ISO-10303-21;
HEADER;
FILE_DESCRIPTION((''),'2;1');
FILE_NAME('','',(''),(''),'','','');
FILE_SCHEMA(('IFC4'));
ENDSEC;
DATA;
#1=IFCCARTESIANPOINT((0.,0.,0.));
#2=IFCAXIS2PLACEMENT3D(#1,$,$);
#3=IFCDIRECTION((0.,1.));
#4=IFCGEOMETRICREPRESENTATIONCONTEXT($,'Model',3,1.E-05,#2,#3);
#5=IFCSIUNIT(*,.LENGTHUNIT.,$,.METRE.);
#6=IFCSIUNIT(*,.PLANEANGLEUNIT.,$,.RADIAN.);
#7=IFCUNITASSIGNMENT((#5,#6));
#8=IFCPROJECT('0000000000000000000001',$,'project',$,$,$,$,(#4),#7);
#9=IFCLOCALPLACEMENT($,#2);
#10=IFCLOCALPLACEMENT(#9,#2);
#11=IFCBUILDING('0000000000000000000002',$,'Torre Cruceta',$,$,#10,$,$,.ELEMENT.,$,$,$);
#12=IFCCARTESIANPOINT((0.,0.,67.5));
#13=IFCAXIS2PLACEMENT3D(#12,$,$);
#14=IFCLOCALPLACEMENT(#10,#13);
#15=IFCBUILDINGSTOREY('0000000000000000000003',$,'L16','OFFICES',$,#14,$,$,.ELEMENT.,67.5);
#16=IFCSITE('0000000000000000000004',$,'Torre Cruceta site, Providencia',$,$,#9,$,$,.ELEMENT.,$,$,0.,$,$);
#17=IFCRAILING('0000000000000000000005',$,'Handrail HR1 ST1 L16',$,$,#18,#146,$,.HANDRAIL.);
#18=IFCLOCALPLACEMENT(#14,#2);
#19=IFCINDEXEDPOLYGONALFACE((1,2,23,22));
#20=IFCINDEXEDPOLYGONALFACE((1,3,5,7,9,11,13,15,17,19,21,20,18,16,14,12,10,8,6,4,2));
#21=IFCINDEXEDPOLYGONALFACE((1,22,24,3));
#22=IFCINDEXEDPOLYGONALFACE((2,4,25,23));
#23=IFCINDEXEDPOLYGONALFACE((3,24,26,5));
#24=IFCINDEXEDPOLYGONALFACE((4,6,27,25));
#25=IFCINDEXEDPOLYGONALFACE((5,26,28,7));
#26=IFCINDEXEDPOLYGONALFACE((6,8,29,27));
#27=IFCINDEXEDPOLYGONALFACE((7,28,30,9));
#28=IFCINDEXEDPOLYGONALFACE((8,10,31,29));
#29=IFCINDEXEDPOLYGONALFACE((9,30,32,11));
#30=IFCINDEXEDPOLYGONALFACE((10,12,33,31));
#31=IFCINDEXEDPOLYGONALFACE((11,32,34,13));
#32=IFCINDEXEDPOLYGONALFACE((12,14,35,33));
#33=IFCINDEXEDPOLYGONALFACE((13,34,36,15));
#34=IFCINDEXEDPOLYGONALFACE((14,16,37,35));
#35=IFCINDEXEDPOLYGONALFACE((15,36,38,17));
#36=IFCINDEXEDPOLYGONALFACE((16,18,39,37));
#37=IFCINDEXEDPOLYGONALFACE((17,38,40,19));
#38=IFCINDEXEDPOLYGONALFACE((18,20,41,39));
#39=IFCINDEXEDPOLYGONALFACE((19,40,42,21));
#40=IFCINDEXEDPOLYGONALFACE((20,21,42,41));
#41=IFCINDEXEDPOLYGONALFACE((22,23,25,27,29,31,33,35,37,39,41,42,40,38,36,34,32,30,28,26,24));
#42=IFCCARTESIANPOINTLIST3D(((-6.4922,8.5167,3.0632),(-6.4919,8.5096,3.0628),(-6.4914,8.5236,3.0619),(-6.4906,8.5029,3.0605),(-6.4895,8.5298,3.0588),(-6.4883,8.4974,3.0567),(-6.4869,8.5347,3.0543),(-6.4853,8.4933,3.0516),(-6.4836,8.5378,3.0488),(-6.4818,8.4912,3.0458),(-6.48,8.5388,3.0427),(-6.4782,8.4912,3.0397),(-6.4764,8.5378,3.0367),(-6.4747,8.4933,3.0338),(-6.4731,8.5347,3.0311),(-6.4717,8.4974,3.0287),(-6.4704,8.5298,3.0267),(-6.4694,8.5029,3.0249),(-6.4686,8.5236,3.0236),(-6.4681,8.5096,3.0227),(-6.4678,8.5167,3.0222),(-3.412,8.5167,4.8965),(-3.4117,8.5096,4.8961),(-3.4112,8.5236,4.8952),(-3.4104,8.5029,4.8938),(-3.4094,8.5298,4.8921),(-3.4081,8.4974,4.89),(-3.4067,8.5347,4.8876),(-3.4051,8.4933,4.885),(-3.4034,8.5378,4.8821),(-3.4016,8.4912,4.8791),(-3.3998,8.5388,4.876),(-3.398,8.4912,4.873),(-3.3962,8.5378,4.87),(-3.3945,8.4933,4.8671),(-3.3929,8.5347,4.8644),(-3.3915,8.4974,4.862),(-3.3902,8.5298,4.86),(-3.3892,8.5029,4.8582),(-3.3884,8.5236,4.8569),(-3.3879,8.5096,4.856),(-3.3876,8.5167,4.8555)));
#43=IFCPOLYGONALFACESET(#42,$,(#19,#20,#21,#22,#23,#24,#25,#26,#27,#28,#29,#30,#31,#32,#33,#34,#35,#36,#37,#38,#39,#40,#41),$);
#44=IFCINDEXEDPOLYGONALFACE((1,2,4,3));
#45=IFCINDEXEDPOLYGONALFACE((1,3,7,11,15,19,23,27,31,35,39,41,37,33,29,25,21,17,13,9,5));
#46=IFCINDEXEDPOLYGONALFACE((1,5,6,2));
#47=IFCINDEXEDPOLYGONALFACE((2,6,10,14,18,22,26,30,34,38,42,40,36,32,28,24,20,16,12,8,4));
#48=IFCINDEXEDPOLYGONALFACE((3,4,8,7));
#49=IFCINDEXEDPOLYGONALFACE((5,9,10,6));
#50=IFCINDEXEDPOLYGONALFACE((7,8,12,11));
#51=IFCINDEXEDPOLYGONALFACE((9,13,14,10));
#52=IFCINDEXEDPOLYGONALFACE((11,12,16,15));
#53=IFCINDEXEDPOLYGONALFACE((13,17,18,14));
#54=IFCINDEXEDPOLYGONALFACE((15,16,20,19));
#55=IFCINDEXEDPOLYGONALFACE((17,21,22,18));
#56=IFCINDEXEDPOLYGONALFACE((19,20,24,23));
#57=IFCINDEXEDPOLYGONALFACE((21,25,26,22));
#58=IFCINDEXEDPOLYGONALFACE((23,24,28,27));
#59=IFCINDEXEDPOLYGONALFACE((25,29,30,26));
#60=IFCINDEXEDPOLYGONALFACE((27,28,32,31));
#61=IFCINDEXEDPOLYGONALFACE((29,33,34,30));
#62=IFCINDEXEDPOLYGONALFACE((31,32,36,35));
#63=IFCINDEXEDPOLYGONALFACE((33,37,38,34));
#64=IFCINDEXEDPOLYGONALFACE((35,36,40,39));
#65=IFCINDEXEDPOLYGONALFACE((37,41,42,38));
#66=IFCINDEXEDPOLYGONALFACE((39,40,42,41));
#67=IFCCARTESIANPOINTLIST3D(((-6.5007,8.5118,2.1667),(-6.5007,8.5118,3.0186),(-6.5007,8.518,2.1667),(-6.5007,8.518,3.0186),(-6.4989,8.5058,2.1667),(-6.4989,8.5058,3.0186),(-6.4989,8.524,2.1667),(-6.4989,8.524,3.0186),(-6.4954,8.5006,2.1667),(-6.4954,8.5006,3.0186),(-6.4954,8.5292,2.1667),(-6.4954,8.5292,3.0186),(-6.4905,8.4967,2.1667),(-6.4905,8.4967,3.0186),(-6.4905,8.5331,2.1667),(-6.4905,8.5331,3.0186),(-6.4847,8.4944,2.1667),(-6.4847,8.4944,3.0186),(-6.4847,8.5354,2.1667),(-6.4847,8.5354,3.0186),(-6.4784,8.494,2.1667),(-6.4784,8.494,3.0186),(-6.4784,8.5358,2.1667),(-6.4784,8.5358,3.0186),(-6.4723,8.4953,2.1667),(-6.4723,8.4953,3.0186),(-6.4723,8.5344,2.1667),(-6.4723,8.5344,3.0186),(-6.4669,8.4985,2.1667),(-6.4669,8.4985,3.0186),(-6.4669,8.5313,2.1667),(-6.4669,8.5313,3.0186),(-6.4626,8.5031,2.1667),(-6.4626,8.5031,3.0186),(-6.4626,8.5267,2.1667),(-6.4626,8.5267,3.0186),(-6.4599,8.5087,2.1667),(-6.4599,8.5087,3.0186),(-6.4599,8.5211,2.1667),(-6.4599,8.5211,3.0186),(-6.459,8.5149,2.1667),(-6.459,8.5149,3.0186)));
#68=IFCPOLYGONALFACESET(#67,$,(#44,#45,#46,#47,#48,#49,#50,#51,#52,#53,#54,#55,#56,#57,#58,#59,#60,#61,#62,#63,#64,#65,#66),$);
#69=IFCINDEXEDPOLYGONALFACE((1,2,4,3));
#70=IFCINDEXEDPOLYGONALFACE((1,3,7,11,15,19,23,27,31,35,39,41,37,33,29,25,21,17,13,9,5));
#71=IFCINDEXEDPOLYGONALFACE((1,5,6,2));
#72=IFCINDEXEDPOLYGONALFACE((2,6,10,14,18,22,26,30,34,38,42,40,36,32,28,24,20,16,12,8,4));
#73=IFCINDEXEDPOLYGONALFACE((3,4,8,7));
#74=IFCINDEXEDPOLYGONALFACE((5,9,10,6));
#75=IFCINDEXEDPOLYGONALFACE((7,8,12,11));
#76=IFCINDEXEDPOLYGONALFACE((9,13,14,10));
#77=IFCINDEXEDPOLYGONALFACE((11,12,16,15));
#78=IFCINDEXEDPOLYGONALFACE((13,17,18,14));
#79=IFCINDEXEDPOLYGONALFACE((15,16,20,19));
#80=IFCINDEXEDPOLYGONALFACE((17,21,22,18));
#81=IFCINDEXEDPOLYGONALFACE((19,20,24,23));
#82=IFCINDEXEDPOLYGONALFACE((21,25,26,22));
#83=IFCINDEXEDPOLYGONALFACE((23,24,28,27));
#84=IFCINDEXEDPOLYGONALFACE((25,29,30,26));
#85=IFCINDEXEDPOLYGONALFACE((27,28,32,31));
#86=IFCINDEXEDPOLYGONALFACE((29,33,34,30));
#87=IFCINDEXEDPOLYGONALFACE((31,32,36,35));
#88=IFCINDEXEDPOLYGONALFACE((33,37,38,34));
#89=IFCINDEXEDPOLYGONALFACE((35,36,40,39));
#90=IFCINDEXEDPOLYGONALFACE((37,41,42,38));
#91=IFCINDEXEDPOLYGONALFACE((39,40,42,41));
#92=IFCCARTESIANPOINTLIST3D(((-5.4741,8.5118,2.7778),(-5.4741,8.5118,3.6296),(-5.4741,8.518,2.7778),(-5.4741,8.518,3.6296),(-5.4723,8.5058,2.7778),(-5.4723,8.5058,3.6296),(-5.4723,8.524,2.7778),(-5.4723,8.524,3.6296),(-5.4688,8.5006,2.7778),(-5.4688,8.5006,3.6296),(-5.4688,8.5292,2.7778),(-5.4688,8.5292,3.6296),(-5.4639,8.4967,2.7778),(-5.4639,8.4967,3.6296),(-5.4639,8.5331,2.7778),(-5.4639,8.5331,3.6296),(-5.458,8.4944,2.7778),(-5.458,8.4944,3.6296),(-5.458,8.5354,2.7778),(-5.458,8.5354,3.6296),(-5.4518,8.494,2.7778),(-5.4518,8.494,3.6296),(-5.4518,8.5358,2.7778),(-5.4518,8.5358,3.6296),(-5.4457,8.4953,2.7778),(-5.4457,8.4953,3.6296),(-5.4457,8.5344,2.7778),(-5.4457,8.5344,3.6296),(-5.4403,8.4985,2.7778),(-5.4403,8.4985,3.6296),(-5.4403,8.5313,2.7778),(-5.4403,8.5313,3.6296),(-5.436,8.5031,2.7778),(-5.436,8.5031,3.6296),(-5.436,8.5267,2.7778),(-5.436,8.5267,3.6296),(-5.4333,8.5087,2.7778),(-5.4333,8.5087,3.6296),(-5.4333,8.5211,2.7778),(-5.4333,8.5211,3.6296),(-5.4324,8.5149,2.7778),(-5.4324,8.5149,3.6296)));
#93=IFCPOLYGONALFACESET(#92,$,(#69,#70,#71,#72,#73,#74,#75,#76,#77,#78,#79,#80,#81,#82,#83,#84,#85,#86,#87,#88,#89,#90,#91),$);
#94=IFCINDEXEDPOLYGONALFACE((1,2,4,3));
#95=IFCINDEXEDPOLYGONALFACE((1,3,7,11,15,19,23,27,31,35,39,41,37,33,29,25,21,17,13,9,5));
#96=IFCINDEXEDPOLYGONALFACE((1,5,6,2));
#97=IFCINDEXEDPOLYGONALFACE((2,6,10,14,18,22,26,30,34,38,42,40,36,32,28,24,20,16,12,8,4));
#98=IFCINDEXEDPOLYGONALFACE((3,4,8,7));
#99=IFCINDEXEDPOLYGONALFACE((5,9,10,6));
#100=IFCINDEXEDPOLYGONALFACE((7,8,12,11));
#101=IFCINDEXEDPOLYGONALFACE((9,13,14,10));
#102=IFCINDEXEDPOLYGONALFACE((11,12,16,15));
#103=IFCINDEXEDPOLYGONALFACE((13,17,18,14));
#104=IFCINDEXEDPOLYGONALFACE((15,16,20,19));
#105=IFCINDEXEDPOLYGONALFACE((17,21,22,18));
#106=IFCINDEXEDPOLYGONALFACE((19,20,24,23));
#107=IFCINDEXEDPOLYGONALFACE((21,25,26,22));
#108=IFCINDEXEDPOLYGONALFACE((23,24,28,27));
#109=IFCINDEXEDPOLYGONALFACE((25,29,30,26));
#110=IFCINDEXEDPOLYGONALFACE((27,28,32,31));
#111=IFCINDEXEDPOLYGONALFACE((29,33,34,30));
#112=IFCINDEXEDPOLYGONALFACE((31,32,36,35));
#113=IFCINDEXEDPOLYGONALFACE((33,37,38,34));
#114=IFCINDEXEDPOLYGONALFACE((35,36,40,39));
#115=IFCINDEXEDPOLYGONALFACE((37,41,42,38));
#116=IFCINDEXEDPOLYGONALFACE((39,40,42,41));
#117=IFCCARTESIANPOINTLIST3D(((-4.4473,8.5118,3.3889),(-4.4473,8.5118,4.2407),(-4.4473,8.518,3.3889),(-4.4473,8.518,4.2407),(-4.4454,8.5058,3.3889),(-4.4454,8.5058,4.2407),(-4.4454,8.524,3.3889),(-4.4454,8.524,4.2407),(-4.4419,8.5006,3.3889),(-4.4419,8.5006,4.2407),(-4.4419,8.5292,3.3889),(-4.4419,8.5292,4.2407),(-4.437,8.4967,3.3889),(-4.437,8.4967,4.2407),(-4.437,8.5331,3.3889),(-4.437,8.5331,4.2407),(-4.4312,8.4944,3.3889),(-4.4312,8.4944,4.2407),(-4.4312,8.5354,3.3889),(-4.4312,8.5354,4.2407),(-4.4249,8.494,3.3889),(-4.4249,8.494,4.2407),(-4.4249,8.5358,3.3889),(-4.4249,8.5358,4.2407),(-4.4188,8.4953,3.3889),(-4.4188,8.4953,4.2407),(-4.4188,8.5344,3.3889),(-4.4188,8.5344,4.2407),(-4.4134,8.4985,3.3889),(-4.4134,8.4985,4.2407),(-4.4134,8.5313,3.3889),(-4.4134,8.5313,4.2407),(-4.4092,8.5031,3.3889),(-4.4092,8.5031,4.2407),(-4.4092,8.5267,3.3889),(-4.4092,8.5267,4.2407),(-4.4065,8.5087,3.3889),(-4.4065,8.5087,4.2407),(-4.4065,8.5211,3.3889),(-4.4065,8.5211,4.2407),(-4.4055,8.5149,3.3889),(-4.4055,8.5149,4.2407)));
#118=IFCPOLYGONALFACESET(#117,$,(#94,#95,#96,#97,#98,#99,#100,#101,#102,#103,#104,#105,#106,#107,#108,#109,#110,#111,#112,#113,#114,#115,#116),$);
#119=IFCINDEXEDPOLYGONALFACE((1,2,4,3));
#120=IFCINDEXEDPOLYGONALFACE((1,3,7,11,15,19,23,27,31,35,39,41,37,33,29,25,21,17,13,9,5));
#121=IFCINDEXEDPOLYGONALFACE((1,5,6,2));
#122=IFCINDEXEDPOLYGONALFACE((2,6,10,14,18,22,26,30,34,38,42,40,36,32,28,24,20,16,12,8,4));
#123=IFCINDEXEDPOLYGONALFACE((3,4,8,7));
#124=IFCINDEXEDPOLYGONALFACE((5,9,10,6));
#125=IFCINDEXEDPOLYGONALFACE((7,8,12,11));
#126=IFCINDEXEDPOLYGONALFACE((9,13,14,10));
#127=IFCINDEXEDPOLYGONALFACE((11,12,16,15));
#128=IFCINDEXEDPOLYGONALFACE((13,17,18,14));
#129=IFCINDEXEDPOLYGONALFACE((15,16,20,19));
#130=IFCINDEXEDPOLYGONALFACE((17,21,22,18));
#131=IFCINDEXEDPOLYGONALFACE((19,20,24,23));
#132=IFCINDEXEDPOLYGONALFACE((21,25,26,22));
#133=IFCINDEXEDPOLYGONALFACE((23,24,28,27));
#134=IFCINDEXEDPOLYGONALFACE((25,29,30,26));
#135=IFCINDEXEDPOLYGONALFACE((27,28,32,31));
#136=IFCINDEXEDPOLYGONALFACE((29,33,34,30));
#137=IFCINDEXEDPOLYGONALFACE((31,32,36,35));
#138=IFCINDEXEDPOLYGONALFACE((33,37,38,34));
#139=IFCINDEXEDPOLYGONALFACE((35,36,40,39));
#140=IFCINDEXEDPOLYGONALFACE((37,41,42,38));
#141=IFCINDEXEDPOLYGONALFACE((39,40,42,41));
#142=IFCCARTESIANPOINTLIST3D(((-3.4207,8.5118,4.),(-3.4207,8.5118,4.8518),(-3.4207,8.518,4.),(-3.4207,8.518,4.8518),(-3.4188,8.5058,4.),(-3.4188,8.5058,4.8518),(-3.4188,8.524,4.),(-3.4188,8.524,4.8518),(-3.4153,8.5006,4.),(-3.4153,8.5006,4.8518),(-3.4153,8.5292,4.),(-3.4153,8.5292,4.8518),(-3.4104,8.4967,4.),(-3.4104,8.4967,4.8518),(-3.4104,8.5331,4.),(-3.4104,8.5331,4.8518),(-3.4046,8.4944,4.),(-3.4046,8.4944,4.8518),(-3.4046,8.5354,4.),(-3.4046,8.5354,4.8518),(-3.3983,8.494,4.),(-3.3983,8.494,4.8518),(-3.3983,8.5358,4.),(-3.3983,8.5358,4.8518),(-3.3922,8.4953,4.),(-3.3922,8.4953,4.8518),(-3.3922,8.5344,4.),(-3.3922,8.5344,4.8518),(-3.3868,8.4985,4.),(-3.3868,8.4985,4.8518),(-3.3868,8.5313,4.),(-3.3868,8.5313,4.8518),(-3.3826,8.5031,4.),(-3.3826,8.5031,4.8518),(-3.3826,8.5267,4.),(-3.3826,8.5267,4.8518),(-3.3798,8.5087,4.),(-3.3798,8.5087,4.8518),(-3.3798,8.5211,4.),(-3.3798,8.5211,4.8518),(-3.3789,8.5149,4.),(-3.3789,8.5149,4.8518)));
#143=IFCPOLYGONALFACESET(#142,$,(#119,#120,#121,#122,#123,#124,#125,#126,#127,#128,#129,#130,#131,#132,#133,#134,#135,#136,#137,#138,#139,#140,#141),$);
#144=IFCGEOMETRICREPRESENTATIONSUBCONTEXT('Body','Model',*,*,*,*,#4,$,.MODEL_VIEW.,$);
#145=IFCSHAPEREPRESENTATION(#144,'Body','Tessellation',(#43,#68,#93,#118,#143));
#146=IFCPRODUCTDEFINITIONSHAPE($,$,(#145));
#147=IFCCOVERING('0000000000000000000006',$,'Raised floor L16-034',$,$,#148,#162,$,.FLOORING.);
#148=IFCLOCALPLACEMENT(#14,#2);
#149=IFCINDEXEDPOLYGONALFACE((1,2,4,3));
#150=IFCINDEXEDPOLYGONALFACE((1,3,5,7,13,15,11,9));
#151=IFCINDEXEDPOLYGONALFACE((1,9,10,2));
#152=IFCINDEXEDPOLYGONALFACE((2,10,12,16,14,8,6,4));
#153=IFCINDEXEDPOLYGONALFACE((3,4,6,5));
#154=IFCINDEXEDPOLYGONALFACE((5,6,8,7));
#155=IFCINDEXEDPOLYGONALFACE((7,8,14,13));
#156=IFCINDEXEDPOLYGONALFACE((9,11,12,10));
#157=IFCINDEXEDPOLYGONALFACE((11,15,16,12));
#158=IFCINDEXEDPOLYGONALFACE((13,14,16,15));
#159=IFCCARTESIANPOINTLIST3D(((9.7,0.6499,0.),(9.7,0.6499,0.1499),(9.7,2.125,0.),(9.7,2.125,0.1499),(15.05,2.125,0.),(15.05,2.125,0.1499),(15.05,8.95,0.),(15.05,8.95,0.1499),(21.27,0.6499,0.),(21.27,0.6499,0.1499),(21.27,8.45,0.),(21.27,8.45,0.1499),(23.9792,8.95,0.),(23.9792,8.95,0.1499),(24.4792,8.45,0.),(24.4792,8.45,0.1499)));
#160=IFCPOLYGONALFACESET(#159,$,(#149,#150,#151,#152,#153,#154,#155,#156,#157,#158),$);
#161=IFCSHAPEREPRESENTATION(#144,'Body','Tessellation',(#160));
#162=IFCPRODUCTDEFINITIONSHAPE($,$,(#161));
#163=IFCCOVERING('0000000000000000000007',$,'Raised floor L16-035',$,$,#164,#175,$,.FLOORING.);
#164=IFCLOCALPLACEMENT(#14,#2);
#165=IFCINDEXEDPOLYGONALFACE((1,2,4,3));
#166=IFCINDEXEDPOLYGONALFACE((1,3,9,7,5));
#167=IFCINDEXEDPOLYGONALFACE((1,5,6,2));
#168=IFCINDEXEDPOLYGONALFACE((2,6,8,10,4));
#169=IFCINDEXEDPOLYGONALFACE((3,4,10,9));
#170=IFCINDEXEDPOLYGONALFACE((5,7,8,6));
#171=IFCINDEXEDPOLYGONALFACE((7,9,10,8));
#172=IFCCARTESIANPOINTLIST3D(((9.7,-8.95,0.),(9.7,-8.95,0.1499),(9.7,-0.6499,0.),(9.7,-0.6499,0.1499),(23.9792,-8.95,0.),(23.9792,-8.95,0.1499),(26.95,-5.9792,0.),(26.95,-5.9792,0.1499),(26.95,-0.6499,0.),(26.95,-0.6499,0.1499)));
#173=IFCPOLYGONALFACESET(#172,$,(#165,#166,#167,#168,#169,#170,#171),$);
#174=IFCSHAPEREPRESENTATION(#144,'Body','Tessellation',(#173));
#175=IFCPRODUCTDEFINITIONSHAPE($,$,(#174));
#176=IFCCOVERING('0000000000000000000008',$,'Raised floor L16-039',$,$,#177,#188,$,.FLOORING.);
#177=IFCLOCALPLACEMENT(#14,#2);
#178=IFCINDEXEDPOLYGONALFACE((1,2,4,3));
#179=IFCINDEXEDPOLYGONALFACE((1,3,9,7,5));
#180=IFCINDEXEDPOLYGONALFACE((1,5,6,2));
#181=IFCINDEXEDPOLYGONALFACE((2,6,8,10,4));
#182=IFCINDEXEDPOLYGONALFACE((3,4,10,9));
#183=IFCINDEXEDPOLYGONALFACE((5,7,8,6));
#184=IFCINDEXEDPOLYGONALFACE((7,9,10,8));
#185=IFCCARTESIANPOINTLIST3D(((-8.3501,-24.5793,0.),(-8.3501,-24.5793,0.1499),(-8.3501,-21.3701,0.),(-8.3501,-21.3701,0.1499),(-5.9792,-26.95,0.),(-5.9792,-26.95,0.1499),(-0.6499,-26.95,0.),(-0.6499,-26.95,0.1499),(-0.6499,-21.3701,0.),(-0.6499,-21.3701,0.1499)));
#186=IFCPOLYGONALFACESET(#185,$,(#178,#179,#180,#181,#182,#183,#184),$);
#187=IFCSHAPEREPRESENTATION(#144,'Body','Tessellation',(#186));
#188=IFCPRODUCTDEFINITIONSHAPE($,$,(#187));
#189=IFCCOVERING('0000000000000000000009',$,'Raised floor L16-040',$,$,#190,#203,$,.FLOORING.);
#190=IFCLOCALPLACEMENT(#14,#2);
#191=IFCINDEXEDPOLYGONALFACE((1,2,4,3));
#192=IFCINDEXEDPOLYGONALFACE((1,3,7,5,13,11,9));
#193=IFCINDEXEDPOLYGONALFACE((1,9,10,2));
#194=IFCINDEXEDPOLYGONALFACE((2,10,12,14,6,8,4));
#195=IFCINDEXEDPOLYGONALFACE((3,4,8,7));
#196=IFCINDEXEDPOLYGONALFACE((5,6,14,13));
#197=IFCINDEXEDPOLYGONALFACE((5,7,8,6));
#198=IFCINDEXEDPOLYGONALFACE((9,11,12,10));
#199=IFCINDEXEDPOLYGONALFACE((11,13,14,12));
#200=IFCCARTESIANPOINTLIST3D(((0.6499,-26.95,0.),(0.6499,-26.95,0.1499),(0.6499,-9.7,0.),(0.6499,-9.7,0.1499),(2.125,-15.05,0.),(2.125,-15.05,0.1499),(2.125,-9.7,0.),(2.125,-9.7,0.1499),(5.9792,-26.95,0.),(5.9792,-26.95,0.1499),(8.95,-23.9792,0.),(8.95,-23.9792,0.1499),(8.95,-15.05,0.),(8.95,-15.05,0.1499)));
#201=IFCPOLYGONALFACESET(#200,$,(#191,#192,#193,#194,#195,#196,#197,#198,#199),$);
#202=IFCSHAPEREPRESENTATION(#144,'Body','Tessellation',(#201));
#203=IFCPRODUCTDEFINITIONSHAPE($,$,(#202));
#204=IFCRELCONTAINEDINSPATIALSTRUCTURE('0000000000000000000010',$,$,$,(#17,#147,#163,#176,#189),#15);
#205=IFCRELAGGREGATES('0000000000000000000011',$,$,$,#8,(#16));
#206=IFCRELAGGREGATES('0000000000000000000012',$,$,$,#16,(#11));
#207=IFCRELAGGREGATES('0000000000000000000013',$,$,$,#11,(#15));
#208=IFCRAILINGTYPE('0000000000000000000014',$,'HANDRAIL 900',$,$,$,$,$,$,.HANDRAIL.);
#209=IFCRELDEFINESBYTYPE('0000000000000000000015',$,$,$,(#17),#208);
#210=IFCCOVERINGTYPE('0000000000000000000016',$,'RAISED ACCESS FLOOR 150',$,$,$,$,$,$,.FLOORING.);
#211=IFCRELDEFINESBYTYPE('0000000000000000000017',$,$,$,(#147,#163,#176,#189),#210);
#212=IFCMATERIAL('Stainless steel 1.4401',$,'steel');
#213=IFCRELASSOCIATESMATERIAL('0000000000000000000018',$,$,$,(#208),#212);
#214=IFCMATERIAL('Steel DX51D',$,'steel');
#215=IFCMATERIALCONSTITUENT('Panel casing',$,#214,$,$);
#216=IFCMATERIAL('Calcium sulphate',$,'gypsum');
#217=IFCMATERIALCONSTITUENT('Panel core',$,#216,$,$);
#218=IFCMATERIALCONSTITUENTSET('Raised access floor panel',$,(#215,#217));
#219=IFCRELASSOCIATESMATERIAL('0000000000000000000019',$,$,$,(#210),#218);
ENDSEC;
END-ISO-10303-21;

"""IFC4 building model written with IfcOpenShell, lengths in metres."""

from ifc_helpers import new_model, si_unit, direction, frame, origin, origin_2d, place, context, subcontext, project, spatial, polyline, circle, outline, extrude, material, constituent, constituent_set, type_object, element, save


model = new_model("IFC4")

# Units and contexts
model_context = context("Model", 3, precision=1e-05, world=origin(), true_north=direction((0.0, 1.0)))
body_context = subcontext(model_context, "Body", "Model", "MODEL_VIEW")
ifc_project = project(units=[si_unit("LENGTHUNIT", "METRE"), si_unit("PLANEANGLEUNIT", "RADIAN")], contexts=[model_context])

# Site, building, storey
site_placement = place(None, origin())
site = spatial("IfcSite", under=ifc_project, at=site_placement, Name="Torre Cruceta site, Providencia", CompositionType="ELEMENT", RefElevation=0.0)
building_placement = place(site_placement, origin())
building = spatial("IfcBuilding", under=site, at=building_placement, Name="Torre Cruceta", CompositionType="ELEMENT")
storey_placement = place(building_placement, frame((0.0, 0.0, 67.5)))
storey = spatial("IfcBuildingStorey", under=building, at=storey_placement, Name="L16", Description="OFFICES", CompositionType="ELEMENT", Elevation=67.5)

# Railing
ifc_material_1 = material(Name="Stainless steel 1.4401", Category="steel")
railing_type = type_object("IfcRailingType", Name="HANDRAIL 900", PredefinedType="HANDRAIL", material=ifc_material_1)
railing_1_placement = place(storey_placement, frame((-6.48, 8.5149, 2.1667)))
element("IfcRailing", 1, at=railing_1_placement, inside=storey, type_object=railing_type, Name="Handrail HR1 ST1 L16", PredefinedType="HANDRAIL", context=body_context, shape_type="SweptSolid", body=[
    extrude(circle(Radius=0.0239, at=origin_2d()), frame((0.0, 0.0, 0.876), z_axis=(0.859309, 0.0, 0.511458), x_axis=(0.0, 1.0, 0.0)), (0.0, 0.0, 1.0), 3.5845),
    extrude(circle(Radius=0.021, at=origin_2d()), origin(), (0.0, 0.0, 1.0), 0.8518),
    extrude(circle(Radius=0.021, at=origin_2d()), frame((1.0266, 0.0, 0.6111)), (0.0, 0.0, 1.0), 0.8518),
    extrude(circle(Radius=0.021, at=origin_2d()), frame((2.0535, 0.0, 1.2222)), (0.0, 0.0, 1.0), 0.8518),
    extrude(circle(Radius=0.021, at=origin_2d()), frame((3.0801, 0.0, 1.8333)), (0.0, 0.0, 1.0), 0.8518),
])

# Coverings
ifc_material_2 = material(Name="Steel DX51D", Category="steel")
ifc_constituent_1 = constituent(ifc_material_2, Name="Panel casing")
ifc_material_3 = material(Name="Calcium sulphate", Category="gypsum")
ifc_constituent_2 = constituent(ifc_material_3, Name="Panel core")
ifc_constituent_set_1 = constituent_set(constituents=[ifc_constituent_1, ifc_constituent_2], Name="Raised access floor panel")
covering_type_1 = type_object("IfcCoveringType", Name="RAISED ACCESS FLOOR 150", PredefinedType="FLOORING", material=ifc_constituent_set_1)
covering_1_placement = place(storey_placement, origin())
element("IfcCovering", 2, at=covering_1_placement, inside=storey, type_object=covering_type_1, Name="Raised floor L16-034", PredefinedType="FLOORING", context=body_context, shape_type="SweptSolid", body=[
    extrude(outline(polyline([(21.27, 8.45), (21.27, 0.6499), (9.7, 0.6499), (9.7, 2.125), (15.05, 2.125), (15.05, 8.95), (23.9792, 8.95), (24.4792, 8.45), (21.27, 8.45)])), origin(), (0.0, 0.0, 1.0), 0.1499),
])
covering_2_placement = place(storey_placement, origin())
element("IfcCovering", 3, at=covering_2_placement, inside=storey, type_object=covering_type_1, Name="Raised floor L16-035", PredefinedType="FLOORING", context=body_context, shape_type="SweptSolid", body=[
    extrude(outline(polyline([(26.95, -5.9792), (23.9792, -8.95), (9.7, -8.95), (9.7, -0.6499), (26.95, -0.6499), (26.95, -5.9792)])), origin(), (0.0, 0.0, 1.0), 0.1499),
])
covering_3_placement = place(storey_placement, origin())
element("IfcCovering", 4, at=covering_3_placement, inside=storey, type_object=covering_type_1, Name="Raised floor L16-039", PredefinedType="FLOORING", context=body_context, shape_type="SweptSolid", body=[
    extrude(outline(polyline([(-8.3501, -24.5793), (-8.3501, -21.3701), (-0.6499, -21.3701), (-0.6499, -26.95), (-5.9792, -26.95), (-8.3501, -24.5793)])), origin(), (0.0, 0.0, 1.0), 0.1499),
])
covering_4_placement = place(storey_placement, origin())
element("IfcCovering", 5, at=covering_4_placement, inside=storey, type_object=covering_type_1, Name="Raised floor L16-040", PredefinedType="FLOORING", context=body_context, shape_type="SweptSolid", body=[
    extrude(outline(polyline([(0.6499, -26.95), (0.6499, -9.7), (2.125, -9.7), (2.125, -15.05), (8.95, -15.05), (8.95, -23.9792), (5.9792, -26.95), (0.6499, -26.95)])), origin(), (0.0, 0.0, 1.0), 0.1499),
])

save(model, "model.ifc")
